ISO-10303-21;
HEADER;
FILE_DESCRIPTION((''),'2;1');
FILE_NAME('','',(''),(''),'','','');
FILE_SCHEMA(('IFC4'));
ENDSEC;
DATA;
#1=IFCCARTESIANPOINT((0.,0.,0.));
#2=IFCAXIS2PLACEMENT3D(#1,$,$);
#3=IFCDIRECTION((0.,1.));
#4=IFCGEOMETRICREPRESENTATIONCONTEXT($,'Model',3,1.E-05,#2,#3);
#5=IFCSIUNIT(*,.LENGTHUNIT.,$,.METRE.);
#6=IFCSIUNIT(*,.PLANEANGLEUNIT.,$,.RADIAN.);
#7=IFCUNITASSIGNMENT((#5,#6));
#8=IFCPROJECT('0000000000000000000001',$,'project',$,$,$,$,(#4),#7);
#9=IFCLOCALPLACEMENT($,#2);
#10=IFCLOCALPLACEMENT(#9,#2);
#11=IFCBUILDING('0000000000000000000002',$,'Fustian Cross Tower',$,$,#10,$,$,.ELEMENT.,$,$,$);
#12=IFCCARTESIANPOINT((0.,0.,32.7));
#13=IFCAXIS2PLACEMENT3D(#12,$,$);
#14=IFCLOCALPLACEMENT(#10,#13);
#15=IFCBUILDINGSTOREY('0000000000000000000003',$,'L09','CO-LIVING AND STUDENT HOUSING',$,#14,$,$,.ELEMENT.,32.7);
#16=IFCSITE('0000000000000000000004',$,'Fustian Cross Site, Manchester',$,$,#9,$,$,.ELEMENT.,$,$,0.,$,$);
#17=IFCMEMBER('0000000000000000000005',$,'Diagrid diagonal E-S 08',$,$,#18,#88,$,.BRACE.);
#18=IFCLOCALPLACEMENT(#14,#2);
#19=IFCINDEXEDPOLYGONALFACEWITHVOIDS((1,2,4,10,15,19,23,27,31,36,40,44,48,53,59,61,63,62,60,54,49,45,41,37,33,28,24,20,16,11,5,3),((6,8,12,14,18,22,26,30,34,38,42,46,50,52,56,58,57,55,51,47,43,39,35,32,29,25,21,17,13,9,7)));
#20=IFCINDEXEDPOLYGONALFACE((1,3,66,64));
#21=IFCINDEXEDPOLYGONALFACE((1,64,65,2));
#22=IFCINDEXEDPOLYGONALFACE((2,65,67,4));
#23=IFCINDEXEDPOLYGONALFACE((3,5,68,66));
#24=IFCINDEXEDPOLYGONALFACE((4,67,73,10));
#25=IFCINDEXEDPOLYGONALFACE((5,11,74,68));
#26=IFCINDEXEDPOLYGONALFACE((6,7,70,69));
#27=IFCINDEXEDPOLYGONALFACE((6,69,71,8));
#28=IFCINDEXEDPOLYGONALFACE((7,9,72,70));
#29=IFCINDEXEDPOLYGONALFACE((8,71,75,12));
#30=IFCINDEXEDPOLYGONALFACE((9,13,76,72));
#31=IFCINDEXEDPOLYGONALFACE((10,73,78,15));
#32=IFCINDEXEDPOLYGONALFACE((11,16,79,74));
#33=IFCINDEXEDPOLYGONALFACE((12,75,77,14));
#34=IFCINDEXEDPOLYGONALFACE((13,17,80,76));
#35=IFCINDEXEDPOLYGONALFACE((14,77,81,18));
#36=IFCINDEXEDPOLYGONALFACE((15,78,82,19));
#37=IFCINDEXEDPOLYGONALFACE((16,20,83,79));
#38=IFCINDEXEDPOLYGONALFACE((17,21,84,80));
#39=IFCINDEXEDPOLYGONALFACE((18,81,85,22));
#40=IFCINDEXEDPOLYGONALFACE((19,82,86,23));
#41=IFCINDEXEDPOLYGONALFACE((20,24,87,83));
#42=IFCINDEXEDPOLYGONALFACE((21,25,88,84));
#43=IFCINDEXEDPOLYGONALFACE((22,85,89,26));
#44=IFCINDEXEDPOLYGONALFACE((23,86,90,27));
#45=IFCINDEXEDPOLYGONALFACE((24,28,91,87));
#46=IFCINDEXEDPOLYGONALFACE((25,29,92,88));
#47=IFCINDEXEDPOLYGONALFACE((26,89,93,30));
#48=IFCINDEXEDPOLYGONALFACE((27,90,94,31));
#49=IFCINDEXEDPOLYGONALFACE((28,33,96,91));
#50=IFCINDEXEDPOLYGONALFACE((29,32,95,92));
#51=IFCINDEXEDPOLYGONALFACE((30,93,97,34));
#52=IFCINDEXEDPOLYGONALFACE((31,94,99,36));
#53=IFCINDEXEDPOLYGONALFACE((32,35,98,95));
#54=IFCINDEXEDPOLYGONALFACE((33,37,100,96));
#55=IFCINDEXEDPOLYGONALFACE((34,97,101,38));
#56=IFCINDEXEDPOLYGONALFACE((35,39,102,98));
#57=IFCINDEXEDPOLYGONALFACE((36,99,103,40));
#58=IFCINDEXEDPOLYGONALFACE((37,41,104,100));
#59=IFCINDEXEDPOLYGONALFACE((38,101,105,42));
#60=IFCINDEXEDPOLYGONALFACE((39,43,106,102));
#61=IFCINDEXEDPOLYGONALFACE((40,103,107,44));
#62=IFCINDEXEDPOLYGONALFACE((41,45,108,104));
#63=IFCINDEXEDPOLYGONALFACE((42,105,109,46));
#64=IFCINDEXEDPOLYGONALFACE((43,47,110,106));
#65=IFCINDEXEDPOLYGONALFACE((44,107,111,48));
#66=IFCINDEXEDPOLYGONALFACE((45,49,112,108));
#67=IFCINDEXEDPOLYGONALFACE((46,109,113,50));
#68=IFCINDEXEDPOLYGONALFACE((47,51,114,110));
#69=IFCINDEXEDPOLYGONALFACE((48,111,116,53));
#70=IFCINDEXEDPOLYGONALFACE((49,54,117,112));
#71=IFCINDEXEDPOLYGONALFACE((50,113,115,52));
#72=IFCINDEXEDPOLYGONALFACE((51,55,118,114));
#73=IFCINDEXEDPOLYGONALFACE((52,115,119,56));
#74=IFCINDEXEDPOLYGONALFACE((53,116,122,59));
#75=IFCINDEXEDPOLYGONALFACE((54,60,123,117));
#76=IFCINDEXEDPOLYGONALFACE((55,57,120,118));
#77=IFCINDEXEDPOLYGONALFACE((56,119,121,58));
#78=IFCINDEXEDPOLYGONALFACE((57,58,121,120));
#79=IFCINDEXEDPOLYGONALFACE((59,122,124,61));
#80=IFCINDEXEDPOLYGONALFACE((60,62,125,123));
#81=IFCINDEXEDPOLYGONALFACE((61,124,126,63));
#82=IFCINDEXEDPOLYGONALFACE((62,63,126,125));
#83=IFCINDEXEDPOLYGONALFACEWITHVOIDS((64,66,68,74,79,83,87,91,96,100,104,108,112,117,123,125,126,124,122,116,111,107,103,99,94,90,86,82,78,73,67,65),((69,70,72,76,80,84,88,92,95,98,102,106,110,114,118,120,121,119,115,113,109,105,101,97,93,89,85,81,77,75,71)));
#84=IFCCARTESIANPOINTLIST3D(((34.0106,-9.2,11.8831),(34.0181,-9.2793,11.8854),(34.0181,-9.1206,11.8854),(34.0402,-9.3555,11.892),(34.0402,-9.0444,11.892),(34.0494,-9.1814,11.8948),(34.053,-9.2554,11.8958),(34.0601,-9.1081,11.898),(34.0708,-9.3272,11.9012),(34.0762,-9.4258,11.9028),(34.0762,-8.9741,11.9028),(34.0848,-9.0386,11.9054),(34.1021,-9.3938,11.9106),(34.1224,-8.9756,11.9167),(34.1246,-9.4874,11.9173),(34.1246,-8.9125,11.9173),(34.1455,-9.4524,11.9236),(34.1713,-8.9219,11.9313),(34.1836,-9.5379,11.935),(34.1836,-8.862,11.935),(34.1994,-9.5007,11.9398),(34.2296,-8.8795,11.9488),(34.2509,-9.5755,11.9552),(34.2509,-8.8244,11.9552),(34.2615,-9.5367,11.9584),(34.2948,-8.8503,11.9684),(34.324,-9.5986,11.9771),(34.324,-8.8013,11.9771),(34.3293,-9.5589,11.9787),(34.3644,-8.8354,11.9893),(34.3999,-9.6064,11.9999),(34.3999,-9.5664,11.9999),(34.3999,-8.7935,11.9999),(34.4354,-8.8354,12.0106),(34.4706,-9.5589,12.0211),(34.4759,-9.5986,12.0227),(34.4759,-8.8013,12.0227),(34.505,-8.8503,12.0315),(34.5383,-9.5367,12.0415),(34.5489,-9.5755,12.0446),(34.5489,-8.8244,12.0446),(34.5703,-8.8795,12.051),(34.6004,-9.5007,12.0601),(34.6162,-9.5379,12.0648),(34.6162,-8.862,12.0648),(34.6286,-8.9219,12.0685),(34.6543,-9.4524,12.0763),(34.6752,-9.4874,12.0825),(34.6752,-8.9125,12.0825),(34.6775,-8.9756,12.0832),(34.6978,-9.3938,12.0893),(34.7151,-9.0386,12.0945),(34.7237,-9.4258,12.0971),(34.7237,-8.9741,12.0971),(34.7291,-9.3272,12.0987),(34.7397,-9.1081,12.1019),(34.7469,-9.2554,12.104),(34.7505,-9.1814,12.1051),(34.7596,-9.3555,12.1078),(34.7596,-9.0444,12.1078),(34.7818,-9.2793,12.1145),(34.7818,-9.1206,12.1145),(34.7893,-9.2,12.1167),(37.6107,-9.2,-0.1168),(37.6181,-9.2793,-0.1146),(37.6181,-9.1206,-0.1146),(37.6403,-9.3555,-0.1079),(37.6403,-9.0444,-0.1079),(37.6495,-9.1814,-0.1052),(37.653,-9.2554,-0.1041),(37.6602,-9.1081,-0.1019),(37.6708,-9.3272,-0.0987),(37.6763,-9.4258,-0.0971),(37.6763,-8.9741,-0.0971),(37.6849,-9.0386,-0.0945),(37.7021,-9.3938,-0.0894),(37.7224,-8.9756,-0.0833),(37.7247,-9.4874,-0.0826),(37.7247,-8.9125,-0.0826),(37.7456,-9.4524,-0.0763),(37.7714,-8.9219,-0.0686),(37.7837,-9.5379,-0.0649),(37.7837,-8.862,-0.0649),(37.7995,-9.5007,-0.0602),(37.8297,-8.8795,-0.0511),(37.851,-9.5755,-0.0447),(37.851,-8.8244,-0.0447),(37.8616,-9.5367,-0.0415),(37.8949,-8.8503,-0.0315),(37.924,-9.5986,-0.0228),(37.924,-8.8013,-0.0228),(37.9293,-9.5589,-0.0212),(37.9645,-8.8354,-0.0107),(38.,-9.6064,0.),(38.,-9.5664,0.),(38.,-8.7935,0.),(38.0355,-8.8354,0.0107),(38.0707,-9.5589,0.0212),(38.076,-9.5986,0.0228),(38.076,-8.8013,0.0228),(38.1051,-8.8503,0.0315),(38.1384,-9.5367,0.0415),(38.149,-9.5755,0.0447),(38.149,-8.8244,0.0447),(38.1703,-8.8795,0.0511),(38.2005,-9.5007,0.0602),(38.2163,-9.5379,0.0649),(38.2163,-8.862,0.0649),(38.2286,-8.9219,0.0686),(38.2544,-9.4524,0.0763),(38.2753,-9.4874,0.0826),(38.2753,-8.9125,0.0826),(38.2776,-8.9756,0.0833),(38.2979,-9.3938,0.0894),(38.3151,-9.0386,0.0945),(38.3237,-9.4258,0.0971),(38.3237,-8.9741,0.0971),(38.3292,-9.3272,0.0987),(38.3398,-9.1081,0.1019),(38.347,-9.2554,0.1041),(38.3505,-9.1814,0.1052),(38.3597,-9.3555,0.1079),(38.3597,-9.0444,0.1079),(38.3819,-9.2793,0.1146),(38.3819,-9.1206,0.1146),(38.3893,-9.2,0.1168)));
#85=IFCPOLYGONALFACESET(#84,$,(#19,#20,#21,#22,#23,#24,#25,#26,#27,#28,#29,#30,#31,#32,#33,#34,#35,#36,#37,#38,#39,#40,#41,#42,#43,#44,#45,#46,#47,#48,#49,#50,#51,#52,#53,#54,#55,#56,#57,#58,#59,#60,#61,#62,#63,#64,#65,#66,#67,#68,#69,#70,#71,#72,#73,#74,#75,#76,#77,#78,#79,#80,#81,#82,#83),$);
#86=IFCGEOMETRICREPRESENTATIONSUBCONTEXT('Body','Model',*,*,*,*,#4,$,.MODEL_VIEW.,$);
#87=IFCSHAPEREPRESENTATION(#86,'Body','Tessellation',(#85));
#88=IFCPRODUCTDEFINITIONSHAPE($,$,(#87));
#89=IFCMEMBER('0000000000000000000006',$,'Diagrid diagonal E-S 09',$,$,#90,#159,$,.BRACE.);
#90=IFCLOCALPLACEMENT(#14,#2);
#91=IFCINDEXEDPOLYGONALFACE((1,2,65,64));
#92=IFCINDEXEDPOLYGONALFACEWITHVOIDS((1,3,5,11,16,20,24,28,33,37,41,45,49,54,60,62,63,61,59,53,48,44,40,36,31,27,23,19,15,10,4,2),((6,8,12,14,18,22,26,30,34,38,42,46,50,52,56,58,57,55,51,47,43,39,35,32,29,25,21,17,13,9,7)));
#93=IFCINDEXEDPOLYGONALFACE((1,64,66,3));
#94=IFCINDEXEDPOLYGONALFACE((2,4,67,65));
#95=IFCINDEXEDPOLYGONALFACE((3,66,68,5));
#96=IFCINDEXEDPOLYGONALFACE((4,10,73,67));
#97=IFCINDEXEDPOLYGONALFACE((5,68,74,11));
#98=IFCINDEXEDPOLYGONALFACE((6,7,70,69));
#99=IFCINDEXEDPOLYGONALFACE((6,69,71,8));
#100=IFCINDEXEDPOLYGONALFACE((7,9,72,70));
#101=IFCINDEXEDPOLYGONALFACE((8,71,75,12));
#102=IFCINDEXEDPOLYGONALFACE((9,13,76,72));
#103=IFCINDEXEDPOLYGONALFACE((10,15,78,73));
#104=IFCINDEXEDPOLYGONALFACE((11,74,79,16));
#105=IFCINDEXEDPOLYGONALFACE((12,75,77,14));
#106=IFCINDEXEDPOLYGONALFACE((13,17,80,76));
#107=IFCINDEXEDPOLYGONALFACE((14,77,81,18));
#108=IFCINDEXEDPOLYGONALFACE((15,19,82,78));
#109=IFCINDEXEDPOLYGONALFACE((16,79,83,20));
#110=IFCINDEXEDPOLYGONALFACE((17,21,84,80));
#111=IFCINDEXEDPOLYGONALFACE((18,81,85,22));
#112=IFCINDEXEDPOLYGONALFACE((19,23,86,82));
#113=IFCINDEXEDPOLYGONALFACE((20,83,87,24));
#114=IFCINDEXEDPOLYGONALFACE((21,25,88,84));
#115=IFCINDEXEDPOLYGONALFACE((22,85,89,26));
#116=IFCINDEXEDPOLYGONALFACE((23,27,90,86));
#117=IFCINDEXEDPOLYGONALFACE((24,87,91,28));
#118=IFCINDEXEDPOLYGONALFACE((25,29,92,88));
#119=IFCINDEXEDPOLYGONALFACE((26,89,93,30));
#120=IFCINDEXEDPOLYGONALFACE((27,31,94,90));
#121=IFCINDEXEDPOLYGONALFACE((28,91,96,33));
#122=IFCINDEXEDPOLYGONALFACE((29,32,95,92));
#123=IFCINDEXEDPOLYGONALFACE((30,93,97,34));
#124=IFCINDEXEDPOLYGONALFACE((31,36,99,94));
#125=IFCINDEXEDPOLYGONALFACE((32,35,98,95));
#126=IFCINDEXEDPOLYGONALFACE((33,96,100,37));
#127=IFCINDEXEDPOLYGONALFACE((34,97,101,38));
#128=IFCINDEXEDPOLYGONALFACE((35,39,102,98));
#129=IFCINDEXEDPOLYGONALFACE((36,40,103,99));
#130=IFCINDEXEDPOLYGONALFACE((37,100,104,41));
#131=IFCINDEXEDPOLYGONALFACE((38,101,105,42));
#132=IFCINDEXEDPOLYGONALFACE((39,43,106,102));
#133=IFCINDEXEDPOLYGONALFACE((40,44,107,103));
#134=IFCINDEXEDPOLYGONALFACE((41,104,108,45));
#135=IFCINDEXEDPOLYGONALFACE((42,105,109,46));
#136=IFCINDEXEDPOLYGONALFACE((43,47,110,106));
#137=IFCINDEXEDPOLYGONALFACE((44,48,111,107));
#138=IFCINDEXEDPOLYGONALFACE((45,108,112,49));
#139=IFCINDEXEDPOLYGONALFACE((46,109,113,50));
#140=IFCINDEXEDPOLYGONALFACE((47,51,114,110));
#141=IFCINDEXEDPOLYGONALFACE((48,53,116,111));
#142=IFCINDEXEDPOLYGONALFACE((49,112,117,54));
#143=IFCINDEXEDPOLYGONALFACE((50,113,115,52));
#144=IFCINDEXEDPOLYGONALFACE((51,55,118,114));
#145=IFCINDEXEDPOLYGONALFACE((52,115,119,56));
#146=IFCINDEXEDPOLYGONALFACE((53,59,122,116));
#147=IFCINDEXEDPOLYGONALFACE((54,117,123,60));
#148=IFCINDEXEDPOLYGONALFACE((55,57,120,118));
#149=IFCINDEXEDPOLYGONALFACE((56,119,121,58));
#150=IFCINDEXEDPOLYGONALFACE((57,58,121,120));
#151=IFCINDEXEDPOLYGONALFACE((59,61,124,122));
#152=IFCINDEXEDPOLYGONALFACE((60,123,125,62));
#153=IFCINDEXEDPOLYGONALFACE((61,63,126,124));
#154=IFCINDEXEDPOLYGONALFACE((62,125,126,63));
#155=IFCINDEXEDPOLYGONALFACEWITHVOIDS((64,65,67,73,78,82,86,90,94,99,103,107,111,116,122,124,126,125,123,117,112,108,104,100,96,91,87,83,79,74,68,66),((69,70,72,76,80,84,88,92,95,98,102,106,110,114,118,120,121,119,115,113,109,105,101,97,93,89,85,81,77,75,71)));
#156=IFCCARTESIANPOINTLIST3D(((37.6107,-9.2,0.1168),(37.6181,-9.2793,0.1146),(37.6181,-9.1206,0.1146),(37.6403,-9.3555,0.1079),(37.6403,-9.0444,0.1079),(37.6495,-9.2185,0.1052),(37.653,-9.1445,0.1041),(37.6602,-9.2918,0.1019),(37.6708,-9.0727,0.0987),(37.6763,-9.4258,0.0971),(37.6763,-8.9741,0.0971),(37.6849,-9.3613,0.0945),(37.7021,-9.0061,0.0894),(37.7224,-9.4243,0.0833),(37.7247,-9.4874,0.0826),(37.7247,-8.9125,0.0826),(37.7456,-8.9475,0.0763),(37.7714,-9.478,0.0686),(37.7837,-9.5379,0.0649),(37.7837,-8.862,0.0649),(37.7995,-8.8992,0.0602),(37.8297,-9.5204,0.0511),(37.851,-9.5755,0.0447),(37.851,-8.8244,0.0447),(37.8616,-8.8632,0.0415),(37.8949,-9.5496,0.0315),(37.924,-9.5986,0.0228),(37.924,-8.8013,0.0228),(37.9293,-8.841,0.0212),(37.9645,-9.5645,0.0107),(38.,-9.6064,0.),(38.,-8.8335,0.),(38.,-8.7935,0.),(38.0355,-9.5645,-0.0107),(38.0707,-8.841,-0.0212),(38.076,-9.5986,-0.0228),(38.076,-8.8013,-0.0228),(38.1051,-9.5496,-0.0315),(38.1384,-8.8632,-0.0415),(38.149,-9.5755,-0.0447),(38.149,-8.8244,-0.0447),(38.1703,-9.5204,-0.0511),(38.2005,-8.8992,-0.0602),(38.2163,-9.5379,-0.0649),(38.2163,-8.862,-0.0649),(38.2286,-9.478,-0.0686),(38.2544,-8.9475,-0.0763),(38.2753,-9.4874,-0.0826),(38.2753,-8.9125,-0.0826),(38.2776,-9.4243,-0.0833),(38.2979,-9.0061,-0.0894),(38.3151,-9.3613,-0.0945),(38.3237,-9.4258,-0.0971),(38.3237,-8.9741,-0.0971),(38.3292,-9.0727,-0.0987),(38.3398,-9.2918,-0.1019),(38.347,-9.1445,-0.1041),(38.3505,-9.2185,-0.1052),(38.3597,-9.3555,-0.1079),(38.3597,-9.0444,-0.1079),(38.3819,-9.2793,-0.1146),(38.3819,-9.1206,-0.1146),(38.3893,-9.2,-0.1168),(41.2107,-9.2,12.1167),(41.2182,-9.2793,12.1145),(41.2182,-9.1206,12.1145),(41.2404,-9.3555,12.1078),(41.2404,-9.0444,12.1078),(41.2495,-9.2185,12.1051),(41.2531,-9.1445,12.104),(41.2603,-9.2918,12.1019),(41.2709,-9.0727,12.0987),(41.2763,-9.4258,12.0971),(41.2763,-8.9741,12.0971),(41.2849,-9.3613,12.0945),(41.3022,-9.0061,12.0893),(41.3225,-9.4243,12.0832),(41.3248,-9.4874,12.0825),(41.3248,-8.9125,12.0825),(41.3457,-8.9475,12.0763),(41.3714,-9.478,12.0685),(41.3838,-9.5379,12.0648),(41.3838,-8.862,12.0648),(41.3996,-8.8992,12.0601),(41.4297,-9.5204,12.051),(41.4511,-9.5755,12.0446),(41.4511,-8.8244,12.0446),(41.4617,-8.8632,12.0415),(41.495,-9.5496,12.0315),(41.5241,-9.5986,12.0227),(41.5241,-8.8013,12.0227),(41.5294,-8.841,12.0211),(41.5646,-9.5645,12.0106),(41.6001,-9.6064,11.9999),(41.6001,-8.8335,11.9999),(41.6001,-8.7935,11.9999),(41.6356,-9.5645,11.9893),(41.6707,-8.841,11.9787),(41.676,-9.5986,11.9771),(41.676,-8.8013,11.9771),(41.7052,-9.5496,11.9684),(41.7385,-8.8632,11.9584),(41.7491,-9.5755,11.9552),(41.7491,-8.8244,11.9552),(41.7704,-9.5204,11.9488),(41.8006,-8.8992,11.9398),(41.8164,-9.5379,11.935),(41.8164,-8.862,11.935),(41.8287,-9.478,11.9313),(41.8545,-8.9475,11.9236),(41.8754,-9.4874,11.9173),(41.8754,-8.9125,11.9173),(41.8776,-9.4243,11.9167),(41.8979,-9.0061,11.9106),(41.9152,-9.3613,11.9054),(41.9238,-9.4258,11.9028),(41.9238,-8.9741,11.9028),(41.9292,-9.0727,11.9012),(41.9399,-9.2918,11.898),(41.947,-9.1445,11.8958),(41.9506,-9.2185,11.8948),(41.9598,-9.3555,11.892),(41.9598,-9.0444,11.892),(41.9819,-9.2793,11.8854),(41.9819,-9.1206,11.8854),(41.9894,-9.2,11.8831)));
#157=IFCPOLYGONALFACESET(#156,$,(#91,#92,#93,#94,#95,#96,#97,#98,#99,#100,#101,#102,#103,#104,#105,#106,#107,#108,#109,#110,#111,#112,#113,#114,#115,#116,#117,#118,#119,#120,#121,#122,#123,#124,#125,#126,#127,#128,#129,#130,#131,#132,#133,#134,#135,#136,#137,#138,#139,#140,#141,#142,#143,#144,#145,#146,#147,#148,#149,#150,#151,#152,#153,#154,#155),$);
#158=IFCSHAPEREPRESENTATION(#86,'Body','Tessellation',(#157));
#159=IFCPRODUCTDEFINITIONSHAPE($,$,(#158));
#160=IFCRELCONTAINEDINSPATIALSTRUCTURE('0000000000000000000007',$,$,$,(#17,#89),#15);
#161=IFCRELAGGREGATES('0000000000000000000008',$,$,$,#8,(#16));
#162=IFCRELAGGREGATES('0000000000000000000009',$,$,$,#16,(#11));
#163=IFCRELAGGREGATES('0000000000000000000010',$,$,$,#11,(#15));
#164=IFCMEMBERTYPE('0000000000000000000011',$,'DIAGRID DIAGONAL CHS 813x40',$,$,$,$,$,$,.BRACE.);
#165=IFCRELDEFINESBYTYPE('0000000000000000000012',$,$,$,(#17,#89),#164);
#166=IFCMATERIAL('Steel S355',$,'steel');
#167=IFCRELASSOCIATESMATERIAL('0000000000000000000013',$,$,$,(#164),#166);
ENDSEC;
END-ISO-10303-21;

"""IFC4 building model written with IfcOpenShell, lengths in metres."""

from ifc_helpers import new_model, si_unit, direction, frame, origin, origin_2d, place, context, subcontext, project, spatial, hollow_circle, extrude, material, material_profile, profile_set, type_object, element, save


model = new_model("IFC4")

# Units and contexts
model_context = context("Model", 3, precision=1e-05, world=origin(), true_north=direction((0.0, 1.0)))
body_context = subcontext(model_context, "Body", "Model", "MODEL_VIEW")
ifc_project = project(units=[si_unit("LENGTHUNIT", "METRE"), si_unit("PLANEANGLEUNIT", "RADIAN")], contexts=[model_context])

# Site, building, storey
site_placement = place(None, origin())
site = spatial("IfcSite", under=ifc_project, at=site_placement, Name="Fustian Cross Site, Manchester", CompositionType="ELEMENT", RefElevation=0.0)
building_placement = place(site_placement, origin())
building = spatial("IfcBuilding", under=site, at=building_placement, Name="Fustian Cross Tower", CompositionType="ELEMENT")
storey_placement = place(building_placement, frame((0.0, 0.0, 32.7)))
storey = spatial("IfcBuildingStorey", under=building, at=storey_placement, Name="L09", Description="CO-LIVING AND STUDENT HOUSING", CompositionType="ELEMENT", Elevation=32.7)

# Members
ifc_material_1 = material(Name="Steel S355", Category="steel")
ifc_material_profile_1 = material_profile(ifc_material_1, hollow_circle(Radius=0.4065, WallThickness=0.04, at=origin_2d()), Name="CHS 813x40")
ifc_profile_set_1 = profile_set([ifc_material_profile_1], Name="Steel S355")
member_type_1 = type_object("IfcMemberType", Name="DIAGRID DIAGONAL CHS 813x40", PredefinedType="BRACE", material=ifc_profile_set_1)
for number, where, z_axis, x_axis, name in (
    (1, (38.0, -9.2, 0.0), (-0.287355, 0.0, 0.957824), (0.0, -1.0, 0.0), "Diagrid diagonal E-S 08"),
    (2, (38.0, -9.2, 0.0), (0.287355, 0.0, 0.957824), (0.0, 1.0, 0.0), "Diagrid diagonal E-S 09"),
):
    element("IfcMember", number, at=place(storey_placement, frame(where, z_axis=z_axis, x_axis=x_axis)), inside=storey, type_object=member_type_1, Name=name, PredefinedType="BRACE", context=body_context, shape_type="SweptSolid", body=[
        extrude(hollow_circle(Radius=0.4065, WallThickness=0.04, at=origin_2d()), origin(), (0.0, 0.0, 1.0), 12.5283),
    ])

save(model, "model.ifc")
